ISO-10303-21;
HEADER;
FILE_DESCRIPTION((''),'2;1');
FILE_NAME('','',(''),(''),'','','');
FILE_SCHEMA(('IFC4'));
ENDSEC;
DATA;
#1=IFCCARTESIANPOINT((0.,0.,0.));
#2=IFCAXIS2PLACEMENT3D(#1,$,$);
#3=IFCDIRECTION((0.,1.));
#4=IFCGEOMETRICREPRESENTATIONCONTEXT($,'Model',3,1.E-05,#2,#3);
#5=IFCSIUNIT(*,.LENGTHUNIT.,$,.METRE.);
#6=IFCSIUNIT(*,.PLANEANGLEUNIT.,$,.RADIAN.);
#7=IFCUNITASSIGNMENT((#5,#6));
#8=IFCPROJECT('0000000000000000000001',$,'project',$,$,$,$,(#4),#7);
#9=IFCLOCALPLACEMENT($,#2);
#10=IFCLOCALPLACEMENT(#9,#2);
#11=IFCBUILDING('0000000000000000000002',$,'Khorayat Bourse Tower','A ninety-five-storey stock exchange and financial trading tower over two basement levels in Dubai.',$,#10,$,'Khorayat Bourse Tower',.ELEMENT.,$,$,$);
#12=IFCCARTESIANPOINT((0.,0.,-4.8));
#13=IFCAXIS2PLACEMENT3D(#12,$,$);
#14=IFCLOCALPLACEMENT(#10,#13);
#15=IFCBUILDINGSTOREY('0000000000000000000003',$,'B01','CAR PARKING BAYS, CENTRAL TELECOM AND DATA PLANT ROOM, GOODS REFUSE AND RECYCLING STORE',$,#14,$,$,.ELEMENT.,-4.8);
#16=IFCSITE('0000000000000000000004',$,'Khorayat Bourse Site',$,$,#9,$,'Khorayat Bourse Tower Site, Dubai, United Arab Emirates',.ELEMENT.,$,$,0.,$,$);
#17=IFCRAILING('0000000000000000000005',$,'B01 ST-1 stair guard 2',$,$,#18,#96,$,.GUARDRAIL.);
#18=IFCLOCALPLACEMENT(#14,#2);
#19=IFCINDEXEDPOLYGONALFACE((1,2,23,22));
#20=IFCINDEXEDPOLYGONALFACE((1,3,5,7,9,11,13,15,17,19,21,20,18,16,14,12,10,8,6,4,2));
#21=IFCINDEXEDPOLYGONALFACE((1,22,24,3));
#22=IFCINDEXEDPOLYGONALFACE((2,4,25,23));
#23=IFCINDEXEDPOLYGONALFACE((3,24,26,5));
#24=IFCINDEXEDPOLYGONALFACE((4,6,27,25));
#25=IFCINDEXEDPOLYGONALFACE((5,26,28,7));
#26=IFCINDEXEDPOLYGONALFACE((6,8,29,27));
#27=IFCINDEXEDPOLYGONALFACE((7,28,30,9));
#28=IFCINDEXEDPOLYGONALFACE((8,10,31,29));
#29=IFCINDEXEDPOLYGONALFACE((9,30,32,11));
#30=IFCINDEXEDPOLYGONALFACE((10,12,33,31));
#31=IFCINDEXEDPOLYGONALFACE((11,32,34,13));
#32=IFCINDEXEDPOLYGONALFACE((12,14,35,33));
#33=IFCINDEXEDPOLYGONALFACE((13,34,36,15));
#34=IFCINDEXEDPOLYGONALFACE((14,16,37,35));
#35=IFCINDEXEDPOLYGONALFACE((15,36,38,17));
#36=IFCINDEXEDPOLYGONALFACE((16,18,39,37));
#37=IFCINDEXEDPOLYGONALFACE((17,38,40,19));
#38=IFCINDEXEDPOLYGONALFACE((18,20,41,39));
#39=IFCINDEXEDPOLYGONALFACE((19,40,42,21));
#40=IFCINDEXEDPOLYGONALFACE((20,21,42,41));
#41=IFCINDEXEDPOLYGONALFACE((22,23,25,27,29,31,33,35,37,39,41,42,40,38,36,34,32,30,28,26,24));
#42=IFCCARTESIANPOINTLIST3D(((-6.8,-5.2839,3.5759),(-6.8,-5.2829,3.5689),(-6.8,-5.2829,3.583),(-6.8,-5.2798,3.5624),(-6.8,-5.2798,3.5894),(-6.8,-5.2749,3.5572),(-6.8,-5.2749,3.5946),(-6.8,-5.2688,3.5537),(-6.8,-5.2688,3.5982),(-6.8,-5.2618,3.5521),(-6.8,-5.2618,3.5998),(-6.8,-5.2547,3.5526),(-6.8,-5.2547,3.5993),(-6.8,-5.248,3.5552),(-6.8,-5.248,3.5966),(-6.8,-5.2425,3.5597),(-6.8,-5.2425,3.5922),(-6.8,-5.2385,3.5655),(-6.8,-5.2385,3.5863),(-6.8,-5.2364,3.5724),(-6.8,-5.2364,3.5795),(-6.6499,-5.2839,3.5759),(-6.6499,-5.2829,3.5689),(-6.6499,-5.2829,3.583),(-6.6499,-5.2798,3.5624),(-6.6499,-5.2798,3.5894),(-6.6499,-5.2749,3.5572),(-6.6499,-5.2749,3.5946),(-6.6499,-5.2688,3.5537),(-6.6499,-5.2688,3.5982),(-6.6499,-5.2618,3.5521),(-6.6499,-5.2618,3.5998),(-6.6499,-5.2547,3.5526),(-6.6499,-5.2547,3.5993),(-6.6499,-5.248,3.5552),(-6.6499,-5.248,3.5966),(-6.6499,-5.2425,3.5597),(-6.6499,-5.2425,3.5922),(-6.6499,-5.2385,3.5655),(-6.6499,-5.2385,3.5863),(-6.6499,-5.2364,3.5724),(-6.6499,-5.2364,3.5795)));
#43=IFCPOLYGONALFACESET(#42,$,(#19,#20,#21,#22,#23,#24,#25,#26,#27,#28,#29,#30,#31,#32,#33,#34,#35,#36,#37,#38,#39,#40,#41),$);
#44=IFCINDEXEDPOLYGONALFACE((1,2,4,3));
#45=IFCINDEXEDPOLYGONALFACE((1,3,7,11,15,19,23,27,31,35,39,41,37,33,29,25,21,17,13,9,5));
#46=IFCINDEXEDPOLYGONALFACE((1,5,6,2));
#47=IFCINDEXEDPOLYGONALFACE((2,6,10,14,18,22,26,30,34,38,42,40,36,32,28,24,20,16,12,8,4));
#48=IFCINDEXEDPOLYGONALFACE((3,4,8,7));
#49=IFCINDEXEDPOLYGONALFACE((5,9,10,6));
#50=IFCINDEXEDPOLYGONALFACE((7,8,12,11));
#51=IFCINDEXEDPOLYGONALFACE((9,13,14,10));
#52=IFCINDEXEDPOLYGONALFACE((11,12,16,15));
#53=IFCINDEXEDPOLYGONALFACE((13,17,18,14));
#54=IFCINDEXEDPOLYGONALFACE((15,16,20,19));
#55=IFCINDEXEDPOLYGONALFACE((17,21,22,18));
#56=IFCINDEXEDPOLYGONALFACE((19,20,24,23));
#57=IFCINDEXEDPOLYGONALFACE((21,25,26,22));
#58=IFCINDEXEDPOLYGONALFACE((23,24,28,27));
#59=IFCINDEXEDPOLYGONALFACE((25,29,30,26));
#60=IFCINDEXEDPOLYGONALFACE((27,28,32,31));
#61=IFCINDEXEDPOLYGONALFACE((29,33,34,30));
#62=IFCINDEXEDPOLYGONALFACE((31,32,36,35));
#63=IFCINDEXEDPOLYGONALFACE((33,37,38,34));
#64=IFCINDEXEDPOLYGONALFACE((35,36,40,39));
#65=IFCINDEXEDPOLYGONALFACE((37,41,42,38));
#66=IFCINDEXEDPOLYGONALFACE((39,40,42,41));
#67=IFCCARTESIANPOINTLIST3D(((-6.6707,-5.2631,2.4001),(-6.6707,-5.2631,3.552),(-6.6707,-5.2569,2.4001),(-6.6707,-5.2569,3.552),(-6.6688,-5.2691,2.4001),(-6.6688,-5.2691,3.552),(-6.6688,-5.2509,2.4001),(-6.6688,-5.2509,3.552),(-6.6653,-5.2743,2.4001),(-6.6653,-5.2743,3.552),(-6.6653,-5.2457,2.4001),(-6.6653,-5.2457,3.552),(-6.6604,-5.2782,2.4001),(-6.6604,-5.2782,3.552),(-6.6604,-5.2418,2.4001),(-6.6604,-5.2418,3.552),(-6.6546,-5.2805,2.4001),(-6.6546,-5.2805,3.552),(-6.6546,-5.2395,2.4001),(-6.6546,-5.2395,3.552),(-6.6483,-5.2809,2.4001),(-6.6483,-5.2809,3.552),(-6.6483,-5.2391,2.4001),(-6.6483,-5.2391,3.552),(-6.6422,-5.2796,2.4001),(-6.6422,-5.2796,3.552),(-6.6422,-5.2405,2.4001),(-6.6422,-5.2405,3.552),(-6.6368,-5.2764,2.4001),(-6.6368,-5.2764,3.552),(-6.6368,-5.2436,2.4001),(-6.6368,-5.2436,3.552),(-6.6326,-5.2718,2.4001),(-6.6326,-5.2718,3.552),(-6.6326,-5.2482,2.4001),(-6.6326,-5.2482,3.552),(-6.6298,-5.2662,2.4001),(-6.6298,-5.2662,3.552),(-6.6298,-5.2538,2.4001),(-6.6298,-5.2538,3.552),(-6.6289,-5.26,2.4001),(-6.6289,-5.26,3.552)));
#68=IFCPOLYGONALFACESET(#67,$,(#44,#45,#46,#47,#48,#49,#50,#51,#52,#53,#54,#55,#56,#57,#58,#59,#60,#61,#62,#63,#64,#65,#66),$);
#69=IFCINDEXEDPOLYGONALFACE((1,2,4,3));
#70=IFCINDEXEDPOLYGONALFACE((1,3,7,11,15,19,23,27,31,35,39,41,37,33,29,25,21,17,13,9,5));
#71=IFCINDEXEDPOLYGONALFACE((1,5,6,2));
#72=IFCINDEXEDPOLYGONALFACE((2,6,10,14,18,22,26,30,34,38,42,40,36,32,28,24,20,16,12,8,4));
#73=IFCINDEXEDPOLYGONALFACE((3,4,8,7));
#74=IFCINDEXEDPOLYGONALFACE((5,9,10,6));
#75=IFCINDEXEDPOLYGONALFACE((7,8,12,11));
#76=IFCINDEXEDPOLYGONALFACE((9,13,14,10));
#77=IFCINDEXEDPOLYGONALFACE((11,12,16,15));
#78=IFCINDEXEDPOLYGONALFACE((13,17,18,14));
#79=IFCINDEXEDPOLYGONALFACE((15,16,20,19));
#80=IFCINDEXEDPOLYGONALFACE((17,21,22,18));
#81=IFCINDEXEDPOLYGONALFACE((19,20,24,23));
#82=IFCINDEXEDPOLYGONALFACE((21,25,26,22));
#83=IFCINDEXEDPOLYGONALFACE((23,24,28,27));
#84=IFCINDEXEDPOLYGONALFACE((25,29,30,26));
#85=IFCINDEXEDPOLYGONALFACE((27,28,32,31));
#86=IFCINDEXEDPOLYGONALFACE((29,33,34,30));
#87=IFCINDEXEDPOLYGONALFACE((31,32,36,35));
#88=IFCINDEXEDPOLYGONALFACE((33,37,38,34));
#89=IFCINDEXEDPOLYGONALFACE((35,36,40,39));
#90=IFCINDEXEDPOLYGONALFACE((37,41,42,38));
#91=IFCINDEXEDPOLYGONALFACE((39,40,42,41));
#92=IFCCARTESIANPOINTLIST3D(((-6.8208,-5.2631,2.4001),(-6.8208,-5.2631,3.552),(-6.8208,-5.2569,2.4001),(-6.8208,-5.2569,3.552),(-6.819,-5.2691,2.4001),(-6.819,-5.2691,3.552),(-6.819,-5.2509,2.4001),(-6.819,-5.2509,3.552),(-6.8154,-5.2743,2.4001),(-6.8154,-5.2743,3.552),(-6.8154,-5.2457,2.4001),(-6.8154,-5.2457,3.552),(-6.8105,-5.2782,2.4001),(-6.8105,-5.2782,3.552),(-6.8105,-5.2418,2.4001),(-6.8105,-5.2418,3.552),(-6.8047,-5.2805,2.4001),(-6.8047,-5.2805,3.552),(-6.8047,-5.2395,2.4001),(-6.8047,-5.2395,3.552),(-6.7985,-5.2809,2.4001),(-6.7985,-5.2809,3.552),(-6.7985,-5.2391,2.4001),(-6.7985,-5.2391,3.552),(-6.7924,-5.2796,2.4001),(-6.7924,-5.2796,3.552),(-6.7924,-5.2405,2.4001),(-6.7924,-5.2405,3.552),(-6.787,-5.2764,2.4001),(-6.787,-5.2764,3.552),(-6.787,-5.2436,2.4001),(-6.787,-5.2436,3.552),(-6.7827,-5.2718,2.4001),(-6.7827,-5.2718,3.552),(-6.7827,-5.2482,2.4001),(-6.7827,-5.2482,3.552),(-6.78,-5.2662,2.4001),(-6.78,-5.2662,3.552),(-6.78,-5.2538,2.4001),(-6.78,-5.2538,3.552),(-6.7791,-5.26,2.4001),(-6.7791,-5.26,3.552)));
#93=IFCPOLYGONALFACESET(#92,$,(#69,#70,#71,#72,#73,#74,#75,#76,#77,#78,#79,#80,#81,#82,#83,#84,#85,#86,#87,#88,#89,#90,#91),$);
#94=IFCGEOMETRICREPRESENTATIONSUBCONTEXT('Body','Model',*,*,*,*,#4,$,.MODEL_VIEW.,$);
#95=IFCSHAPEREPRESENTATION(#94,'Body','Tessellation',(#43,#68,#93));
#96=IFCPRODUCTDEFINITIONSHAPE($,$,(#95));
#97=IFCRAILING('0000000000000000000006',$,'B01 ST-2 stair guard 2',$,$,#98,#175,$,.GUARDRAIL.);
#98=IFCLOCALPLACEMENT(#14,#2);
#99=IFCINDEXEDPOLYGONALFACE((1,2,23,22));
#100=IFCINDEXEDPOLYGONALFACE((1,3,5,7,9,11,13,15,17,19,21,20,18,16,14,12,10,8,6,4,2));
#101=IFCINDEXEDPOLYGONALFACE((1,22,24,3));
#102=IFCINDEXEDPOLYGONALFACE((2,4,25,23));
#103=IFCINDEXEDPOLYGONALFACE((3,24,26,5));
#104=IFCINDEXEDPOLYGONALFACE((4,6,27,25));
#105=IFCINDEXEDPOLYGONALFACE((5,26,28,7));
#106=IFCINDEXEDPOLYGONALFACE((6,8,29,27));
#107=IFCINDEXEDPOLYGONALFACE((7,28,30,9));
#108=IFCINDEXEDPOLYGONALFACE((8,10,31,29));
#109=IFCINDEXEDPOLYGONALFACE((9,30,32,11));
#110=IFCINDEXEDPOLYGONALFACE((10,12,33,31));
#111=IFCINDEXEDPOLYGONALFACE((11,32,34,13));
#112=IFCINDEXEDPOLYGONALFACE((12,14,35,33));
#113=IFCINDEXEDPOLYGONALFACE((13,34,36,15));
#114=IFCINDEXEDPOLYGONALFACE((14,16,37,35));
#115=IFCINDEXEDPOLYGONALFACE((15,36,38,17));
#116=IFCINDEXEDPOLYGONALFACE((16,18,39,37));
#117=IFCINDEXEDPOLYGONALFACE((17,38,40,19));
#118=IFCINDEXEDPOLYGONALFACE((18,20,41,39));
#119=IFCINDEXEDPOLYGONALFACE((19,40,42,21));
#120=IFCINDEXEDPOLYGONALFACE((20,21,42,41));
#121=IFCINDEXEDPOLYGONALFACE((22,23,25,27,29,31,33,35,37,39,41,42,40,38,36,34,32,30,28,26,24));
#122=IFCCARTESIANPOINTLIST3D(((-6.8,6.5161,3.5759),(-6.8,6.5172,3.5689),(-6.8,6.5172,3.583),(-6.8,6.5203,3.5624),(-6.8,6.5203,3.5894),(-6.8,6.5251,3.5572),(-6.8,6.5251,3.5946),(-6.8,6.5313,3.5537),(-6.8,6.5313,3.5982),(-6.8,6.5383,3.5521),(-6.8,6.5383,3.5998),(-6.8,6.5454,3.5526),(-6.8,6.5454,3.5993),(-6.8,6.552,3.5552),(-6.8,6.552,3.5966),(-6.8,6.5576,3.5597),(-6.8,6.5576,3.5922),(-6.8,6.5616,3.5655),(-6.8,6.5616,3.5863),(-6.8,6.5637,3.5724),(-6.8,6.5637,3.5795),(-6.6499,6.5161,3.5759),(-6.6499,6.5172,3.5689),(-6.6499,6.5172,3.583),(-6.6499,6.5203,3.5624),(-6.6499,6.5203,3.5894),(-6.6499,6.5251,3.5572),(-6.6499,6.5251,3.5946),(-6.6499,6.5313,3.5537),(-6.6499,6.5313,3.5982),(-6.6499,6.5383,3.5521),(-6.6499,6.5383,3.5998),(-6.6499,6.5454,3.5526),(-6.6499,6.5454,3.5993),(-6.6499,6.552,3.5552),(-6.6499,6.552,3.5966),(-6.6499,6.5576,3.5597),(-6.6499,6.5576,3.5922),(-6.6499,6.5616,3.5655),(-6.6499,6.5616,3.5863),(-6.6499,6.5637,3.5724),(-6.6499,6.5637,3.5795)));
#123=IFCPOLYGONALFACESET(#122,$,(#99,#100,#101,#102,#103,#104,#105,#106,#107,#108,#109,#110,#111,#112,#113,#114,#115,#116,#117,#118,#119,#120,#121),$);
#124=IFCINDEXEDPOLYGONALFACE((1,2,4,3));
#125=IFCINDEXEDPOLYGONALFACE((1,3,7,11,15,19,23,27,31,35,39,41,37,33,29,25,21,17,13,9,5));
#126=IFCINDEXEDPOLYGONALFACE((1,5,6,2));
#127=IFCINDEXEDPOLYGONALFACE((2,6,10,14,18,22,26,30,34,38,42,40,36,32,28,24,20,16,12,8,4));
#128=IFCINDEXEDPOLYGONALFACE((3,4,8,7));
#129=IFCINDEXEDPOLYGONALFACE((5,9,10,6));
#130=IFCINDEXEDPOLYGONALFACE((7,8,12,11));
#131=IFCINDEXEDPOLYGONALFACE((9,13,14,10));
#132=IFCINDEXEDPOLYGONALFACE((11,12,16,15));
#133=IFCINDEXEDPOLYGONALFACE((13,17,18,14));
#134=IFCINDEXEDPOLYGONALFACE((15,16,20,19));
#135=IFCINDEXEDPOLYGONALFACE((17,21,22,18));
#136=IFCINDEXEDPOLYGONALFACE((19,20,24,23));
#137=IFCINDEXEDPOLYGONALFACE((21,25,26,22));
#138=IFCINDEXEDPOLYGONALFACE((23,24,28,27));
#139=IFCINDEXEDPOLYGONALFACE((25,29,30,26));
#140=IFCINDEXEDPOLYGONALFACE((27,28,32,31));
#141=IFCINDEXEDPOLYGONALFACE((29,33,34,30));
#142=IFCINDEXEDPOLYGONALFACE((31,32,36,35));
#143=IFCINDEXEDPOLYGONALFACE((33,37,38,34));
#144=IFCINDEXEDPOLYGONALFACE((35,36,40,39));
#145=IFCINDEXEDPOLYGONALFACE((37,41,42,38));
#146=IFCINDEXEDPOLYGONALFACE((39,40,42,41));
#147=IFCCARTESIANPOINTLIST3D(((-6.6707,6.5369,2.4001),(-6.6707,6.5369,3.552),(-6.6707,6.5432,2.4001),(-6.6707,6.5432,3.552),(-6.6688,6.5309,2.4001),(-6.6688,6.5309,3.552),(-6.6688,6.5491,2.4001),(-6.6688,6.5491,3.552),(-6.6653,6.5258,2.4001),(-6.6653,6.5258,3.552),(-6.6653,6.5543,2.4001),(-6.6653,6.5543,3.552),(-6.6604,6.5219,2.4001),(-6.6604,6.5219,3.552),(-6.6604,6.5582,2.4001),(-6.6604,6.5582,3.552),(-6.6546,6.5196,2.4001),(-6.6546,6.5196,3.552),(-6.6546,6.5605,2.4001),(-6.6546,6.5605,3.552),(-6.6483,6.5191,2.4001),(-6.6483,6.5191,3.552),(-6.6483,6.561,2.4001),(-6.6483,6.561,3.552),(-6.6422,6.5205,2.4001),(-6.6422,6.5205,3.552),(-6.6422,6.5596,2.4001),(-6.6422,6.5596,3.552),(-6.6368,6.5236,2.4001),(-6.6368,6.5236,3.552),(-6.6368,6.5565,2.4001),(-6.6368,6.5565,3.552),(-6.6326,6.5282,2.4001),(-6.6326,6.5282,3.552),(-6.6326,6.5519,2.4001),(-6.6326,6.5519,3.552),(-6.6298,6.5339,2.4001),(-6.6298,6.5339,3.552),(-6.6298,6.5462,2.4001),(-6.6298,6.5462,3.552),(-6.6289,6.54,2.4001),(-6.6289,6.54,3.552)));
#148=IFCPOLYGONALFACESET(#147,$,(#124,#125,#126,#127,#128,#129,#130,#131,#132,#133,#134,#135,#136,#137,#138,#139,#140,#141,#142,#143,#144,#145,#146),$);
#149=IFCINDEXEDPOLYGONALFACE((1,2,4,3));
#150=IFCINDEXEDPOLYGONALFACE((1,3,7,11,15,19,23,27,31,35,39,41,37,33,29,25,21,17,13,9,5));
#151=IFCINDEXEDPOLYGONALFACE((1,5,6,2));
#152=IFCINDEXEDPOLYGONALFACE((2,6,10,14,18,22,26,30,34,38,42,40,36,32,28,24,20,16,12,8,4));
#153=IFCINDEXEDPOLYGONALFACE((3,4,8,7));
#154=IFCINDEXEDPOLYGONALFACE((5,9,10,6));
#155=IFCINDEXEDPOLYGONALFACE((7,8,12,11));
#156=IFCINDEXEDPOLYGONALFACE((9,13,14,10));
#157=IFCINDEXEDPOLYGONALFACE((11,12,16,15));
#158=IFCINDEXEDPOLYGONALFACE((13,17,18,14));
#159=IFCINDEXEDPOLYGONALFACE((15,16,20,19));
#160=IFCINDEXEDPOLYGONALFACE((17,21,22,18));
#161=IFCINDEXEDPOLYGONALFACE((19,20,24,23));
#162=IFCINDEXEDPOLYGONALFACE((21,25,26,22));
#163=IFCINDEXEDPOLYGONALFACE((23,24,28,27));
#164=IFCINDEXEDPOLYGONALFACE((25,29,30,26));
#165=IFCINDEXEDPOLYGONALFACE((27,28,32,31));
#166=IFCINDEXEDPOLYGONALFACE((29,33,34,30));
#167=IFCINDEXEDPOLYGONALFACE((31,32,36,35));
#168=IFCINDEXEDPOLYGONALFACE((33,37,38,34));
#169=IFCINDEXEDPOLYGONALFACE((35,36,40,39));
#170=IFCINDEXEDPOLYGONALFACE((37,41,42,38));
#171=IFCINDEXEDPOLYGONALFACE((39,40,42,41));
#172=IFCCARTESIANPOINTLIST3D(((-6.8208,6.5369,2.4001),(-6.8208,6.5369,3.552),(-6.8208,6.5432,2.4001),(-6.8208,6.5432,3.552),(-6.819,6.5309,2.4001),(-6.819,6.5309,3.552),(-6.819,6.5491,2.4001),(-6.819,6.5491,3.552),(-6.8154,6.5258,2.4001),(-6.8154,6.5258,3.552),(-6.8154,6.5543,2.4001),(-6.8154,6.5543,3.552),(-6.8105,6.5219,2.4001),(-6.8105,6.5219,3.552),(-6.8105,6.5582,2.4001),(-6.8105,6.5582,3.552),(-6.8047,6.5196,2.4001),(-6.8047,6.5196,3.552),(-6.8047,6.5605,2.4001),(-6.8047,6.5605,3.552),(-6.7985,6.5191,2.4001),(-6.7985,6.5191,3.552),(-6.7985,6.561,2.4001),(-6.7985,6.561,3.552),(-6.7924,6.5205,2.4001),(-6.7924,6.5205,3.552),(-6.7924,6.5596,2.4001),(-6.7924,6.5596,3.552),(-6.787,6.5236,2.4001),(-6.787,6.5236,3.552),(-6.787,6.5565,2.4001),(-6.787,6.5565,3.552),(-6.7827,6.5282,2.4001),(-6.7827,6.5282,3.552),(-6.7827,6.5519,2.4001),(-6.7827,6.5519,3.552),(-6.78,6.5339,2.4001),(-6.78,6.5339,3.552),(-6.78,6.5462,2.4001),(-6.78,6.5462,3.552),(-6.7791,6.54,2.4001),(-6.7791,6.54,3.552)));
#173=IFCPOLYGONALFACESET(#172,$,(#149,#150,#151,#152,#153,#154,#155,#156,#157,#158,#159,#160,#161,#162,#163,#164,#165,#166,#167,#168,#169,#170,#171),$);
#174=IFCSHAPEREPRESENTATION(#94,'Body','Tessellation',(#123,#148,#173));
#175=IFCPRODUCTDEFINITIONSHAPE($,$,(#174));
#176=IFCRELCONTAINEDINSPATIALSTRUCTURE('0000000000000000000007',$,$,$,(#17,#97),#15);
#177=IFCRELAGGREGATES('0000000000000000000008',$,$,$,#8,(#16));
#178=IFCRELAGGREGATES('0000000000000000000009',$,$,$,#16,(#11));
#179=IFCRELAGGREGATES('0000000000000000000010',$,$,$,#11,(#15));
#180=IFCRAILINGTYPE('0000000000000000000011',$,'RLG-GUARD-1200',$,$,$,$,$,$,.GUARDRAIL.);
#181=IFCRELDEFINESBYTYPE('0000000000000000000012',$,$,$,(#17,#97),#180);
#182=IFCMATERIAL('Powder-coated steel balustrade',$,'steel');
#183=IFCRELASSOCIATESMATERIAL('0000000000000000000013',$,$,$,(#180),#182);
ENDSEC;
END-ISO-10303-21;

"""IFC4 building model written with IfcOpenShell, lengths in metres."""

from ifc_helpers import new_model, si_unit, direction, frame, origin, origin_2d, place, context, subcontext, project, spatial, circle, extrude, source, transform, mapped, material, type_object, element, save


model = new_model("IFC4")

# Units and contexts
model_context = context("Model", 3, precision=1e-05, world=origin(), true_north=direction((0.0, 1.0)))
body_context = subcontext(model_context, "Body", "Model", "MODEL_VIEW")
ifc_project = project(units=[si_unit("LENGTHUNIT", "METRE"), si_unit("PLANEANGLEUNIT", "RADIAN")], contexts=[model_context])

# Site, building, storey
site_placement = place(None, origin())
site = spatial("IfcSite", under=ifc_project, at=site_placement, Name="Khorayat Bourse Site", LongName="Khorayat Bourse Tower Site, Dubai, United Arab Emirates", CompositionType="ELEMENT", RefElevation=0.0)
building_placement = place(site_placement, origin())
building = spatial("IfcBuilding", under=site, at=building_placement, Name="Khorayat Bourse Tower", Description="A ninety-five-storey stock exchange and financial trading tower over two basement levels in Dubai.", LongName="Khorayat Bourse Tower", CompositionType="ELEMENT")
storey_placement = place(building_placement, frame((0.0, 0.0, -4.8)))
storey = spatial("IfcBuildingStorey", under=building, at=storey_placement, Name="B01", Description="CAR PARKING BAYS, CENTRAL TELECOM AND DATA PLANT ROOM, GOODS REFUSE AND RECYCLING STORE", CompositionType="ELEMENT", Elevation=-4.8)

# Railings
ifc_material_1 = material(Name="Powder-coated steel balustrade", Category="steel")
railing_type_1 = type_object("IfcRailingType", Name="RLG-GUARD-1200", PredefinedType="GUARDRAIL", material=ifc_material_1)
shared_shape_1 = source(origin(), body_context, "Body", "SweptSolid", [
    extrude(circle(Radius=0.0239, at=origin_2d()), frame((0.0, 0.0, 1.1758), z_axis=(-1.0, 0.0, 0.0), x_axis=(0.0, -1.0, 0.0)), (0.0, 0.0, 1.0), 0.1501),
    extrude(circle(Radius=0.021, at=origin_2d()), origin(), (0.0, 0.0, 1.0), 1.1519),
    extrude(circle(Radius=0.021, at=origin_2d()), frame((-0.1501, 0.0, 0.0)), (0.0, 0.0, 1.0), 1.1519),
])
for number, where, name in (
    (1, (-6.6499, -5.26, 2.4001), "B01 ST-1 stair guard 2"),
    (2, (-6.6499, 6.54, 2.4001), "B01 ST-2 stair guard 2"),
):
    element("IfcRailing", number, at=place(storey_placement, frame(where)), inside=storey, type_object=railing_type_1, Name=name, PredefinedType="GUARDRAIL", context=body_context, shape_type="MappedRepresentation", body=[
        mapped(shared_shape_1, transform((0.0, 0.0, 0.0), scale=1.0)),
    ])

save(model, "model.ifc")
